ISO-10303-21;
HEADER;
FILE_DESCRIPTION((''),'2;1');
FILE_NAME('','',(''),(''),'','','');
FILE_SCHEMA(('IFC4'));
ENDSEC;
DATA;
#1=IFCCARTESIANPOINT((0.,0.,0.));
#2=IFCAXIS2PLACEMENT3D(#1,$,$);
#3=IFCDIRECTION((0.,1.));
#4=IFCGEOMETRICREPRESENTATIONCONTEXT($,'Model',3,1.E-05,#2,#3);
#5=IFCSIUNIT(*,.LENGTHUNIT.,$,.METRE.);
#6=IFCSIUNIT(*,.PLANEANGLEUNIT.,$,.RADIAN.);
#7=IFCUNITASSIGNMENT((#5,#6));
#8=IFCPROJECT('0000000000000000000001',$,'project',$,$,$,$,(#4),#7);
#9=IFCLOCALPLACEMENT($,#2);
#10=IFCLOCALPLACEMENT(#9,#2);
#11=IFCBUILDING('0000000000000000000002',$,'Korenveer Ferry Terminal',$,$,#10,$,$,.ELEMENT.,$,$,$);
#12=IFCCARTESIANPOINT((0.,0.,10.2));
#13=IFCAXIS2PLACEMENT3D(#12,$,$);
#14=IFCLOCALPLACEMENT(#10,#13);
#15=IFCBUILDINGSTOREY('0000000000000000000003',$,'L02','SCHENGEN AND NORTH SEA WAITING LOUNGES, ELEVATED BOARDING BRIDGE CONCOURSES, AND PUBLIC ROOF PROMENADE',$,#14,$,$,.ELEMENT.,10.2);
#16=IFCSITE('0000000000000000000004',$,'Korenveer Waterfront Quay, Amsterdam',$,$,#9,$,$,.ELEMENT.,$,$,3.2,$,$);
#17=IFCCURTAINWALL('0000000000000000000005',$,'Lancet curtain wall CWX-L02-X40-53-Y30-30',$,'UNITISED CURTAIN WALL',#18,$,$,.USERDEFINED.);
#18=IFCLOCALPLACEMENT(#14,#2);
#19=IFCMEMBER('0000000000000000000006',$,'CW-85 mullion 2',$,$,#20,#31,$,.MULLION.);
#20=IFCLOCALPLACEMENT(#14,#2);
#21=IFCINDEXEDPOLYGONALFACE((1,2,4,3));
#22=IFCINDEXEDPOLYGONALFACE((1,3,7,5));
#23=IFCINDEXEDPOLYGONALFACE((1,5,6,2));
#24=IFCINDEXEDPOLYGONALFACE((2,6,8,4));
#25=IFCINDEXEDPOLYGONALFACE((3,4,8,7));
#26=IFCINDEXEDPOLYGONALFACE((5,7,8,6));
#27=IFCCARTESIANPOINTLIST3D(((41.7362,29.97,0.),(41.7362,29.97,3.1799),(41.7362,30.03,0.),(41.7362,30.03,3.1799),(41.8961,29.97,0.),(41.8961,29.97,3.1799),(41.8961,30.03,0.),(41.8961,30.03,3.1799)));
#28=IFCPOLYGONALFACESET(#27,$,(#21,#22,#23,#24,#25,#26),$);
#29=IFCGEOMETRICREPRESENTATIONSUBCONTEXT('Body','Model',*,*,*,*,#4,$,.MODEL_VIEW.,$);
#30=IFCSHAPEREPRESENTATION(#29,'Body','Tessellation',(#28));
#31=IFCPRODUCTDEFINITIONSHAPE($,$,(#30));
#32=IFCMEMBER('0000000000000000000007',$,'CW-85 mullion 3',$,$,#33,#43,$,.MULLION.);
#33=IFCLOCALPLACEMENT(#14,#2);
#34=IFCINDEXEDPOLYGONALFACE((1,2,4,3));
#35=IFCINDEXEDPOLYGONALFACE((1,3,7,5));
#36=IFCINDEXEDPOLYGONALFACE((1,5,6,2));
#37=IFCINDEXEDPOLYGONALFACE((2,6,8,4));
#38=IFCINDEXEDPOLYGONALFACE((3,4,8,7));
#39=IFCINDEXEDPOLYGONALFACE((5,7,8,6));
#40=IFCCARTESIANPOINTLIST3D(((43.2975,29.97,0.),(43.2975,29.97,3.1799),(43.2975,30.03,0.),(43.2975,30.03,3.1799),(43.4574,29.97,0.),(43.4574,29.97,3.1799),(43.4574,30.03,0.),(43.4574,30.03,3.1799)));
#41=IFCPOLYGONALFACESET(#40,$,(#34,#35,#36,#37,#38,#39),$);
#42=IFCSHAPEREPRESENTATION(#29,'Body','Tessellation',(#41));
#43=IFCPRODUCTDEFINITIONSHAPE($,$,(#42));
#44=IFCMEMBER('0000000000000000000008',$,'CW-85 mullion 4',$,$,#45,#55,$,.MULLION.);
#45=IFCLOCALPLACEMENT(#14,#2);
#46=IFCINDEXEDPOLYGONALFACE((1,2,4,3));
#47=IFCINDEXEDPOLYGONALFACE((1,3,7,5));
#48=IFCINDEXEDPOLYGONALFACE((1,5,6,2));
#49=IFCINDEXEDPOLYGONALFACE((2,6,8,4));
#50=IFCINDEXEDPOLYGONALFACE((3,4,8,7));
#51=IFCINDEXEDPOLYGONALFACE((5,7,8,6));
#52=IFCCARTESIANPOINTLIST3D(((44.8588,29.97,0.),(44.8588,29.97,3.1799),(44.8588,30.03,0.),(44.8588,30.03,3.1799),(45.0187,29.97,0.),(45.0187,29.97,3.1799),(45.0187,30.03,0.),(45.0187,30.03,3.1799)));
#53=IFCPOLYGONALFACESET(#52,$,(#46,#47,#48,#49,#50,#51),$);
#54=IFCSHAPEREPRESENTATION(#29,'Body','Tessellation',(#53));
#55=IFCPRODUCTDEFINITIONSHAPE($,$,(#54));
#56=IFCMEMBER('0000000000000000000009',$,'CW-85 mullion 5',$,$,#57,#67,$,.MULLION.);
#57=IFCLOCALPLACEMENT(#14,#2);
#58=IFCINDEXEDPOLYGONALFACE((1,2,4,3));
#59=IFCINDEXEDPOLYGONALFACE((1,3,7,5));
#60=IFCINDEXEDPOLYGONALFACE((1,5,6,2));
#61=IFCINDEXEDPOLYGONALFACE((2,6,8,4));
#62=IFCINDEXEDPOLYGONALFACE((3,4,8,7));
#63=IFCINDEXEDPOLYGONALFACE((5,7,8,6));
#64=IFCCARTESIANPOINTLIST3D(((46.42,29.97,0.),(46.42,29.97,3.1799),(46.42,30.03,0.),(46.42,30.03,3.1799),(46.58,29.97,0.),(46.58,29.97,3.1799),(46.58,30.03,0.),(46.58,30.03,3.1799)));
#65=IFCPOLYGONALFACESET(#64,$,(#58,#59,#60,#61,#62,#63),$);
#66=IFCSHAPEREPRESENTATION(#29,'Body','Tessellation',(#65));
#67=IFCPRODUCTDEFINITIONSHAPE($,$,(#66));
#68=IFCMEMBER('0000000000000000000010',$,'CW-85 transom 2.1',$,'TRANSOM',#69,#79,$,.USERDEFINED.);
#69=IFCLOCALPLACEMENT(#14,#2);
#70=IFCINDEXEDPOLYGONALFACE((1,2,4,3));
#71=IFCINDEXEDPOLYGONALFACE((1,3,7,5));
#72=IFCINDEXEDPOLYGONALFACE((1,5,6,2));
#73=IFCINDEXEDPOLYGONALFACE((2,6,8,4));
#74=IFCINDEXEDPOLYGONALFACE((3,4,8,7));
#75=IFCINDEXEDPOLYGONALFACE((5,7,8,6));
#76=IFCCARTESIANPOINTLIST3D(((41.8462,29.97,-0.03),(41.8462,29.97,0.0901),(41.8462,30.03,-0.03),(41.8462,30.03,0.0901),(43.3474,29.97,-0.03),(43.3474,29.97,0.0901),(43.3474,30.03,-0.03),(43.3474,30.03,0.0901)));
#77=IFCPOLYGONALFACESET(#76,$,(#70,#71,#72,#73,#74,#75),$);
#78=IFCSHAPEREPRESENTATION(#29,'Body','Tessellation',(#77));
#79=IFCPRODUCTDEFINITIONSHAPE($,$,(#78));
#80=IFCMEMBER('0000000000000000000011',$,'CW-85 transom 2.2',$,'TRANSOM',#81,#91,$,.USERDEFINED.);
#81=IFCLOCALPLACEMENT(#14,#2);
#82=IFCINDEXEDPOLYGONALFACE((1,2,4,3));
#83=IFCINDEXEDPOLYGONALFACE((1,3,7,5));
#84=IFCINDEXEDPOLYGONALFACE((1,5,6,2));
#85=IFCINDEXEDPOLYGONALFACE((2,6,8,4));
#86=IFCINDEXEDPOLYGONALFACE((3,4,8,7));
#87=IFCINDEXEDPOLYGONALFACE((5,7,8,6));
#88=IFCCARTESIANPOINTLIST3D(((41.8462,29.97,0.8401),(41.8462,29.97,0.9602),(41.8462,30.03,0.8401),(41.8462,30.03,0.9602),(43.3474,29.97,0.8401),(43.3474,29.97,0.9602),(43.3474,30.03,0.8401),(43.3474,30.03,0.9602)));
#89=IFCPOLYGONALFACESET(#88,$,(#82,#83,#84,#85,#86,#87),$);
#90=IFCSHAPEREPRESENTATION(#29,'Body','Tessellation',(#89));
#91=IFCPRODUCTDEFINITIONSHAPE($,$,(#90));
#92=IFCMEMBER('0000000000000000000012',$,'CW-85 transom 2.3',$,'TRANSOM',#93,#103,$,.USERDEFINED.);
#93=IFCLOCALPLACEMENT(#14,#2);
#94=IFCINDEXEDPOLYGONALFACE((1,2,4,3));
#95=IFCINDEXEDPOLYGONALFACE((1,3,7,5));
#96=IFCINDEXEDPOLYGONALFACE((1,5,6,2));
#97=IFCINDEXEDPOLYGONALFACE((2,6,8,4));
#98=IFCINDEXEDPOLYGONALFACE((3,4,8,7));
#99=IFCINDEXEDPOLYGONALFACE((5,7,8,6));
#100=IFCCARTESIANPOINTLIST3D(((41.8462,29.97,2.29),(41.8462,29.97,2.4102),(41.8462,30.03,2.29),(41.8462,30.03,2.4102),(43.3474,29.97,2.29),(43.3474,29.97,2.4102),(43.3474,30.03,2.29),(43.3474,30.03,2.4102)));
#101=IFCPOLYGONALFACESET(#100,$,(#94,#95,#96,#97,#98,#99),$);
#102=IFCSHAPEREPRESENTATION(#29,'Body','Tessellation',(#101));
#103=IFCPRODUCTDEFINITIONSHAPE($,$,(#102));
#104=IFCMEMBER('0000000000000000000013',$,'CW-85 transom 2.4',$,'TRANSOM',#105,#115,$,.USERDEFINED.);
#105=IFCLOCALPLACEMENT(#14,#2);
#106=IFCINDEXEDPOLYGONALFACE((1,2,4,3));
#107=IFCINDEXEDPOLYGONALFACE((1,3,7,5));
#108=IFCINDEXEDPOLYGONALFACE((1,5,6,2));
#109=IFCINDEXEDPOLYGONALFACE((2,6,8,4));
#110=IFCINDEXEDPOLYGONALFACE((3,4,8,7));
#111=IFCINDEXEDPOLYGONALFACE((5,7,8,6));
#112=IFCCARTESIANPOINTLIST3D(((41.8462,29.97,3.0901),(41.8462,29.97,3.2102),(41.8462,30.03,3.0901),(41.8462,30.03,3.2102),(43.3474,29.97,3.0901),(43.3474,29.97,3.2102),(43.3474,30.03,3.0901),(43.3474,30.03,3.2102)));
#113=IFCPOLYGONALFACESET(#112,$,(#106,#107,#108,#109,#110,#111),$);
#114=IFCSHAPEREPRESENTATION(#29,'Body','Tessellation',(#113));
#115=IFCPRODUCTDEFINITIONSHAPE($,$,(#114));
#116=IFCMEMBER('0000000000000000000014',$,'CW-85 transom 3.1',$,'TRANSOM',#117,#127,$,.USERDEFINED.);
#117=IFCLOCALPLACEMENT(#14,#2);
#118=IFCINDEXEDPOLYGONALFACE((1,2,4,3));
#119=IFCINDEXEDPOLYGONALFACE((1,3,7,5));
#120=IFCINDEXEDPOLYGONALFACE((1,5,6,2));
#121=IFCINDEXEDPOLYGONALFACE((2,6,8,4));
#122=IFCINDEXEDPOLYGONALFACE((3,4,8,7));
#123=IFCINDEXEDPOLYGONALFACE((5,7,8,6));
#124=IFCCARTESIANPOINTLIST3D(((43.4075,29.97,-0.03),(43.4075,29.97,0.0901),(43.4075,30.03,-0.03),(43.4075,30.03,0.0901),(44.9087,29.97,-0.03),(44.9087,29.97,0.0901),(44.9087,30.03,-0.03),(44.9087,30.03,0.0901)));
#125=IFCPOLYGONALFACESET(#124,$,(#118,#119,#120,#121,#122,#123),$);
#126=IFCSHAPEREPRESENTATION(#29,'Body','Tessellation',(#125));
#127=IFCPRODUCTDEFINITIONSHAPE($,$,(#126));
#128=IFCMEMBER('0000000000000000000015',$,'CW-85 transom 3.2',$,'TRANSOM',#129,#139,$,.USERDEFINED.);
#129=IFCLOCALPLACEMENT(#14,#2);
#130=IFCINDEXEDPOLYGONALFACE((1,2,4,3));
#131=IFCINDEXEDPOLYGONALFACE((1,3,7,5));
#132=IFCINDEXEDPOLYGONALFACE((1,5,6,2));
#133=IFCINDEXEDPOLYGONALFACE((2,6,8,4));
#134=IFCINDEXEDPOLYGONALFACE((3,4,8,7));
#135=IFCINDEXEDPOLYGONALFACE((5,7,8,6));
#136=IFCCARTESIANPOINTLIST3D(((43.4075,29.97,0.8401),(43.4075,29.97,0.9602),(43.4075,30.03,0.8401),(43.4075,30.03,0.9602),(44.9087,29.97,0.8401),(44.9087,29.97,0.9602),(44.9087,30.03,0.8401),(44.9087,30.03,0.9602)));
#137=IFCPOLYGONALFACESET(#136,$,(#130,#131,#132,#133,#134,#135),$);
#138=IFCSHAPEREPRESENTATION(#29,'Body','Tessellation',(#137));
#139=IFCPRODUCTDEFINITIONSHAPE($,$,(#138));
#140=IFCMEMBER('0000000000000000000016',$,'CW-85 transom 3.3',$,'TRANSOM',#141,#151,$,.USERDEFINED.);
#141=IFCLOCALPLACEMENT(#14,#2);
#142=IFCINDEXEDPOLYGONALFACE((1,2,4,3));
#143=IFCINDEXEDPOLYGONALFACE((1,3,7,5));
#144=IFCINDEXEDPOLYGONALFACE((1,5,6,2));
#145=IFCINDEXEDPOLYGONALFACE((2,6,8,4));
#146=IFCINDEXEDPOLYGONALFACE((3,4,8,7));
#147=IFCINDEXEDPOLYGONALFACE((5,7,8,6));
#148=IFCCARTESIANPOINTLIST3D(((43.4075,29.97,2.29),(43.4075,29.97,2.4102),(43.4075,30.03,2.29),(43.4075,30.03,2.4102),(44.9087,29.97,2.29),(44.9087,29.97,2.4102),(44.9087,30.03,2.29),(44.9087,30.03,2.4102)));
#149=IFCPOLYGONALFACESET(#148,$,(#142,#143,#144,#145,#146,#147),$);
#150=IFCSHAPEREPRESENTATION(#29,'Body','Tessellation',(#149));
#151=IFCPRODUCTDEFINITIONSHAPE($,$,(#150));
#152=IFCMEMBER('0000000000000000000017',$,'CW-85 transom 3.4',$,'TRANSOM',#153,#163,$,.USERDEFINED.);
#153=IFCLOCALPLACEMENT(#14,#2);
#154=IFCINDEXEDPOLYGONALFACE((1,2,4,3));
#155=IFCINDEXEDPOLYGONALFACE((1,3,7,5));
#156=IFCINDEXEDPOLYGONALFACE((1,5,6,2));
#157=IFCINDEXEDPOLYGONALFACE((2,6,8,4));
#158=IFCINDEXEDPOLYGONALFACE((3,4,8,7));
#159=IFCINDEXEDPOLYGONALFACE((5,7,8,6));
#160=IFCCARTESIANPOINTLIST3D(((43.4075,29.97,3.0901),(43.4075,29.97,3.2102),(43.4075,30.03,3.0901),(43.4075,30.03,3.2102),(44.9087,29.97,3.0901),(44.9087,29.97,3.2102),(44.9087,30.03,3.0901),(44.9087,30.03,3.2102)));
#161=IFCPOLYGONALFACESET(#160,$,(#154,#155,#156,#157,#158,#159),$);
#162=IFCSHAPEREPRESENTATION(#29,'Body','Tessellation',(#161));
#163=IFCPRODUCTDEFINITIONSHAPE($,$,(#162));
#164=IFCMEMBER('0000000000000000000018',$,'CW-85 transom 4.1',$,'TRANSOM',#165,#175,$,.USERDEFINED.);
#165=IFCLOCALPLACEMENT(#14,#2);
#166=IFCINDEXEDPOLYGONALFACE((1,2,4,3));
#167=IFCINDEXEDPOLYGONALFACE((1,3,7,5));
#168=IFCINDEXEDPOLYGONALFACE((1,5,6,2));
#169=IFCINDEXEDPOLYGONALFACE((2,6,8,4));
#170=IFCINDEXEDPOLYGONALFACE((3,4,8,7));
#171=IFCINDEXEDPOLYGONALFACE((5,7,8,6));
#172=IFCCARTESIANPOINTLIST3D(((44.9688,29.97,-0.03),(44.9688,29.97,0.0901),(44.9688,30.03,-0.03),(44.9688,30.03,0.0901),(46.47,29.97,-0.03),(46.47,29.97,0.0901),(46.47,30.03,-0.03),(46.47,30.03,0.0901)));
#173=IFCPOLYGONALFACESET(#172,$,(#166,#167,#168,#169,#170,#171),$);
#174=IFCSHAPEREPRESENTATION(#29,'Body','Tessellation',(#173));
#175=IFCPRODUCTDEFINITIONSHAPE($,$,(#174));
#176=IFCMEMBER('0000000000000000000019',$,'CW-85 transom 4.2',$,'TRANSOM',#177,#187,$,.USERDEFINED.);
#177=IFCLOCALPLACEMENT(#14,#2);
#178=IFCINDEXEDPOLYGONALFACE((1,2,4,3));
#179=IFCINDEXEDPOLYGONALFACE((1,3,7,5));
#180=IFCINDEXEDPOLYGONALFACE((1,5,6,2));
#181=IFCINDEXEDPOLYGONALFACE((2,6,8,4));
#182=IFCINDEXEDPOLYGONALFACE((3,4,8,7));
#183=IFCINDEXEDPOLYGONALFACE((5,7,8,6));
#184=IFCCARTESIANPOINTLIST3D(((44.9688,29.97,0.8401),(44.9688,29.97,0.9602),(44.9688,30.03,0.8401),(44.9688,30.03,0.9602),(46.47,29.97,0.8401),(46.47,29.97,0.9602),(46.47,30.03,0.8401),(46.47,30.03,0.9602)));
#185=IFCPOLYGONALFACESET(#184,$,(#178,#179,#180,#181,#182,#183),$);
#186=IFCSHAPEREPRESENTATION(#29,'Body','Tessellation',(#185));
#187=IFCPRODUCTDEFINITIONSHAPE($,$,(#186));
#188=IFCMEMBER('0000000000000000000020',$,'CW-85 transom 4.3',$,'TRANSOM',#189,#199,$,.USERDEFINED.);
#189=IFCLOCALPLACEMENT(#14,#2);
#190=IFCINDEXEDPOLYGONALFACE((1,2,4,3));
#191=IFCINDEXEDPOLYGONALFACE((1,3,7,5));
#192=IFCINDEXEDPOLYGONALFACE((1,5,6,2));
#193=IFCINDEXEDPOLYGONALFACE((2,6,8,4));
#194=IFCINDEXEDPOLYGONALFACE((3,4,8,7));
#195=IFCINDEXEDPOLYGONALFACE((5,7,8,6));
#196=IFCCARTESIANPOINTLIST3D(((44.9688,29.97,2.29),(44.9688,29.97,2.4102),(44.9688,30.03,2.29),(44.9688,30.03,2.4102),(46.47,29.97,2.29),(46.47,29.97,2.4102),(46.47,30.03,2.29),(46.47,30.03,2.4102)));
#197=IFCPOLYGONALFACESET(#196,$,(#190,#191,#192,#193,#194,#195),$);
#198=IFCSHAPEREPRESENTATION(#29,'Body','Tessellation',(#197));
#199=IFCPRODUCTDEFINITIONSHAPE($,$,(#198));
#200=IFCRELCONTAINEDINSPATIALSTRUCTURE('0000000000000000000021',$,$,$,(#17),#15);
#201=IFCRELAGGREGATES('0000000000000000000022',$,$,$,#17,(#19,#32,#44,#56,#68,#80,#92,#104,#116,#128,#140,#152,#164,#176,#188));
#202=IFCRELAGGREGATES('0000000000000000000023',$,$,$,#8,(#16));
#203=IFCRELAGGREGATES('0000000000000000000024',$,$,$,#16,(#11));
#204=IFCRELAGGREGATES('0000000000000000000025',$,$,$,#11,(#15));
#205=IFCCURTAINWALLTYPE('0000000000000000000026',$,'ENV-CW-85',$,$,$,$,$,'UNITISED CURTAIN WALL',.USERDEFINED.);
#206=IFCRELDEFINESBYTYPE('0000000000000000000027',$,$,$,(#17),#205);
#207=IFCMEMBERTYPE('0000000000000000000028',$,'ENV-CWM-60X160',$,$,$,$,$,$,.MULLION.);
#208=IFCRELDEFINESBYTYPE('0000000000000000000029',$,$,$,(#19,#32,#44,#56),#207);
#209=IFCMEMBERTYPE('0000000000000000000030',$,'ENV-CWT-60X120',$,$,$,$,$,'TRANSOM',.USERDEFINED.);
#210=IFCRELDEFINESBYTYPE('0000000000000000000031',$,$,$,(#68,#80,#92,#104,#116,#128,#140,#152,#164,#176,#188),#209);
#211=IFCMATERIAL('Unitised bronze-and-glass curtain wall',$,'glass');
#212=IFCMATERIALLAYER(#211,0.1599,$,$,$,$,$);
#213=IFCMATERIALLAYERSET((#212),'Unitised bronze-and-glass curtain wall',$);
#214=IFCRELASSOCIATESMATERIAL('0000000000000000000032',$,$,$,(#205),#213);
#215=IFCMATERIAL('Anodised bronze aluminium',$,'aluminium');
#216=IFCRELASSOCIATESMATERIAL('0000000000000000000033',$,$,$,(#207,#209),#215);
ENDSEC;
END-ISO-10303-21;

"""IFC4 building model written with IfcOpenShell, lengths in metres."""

from ifc_helpers import new_model, si_unit, direction, frame, origin, origin_2d, place, context, subcontext, project, spatial, rectangle, extrude, material, layer, layer_set, material_profile, profile_set, type_object, element, aggregate, save


model = new_model("IFC4")

# Units and contexts
model_context = context("Model", 3, precision=1e-05, world=origin(), true_north=direction((0.0, 1.0)))
body_context = subcontext(model_context, "Body", "Model", "MODEL_VIEW")
ifc_project = project(units=[si_unit("LENGTHUNIT", "METRE"), si_unit("PLANEANGLEUNIT", "RADIAN")], contexts=[model_context])

# Site, building, storey
site_placement = place(None, origin())
site = spatial("IfcSite", under=ifc_project, at=site_placement, Name="Korenveer Waterfront Quay, Amsterdam", CompositionType="ELEMENT", RefElevation=3.2)
building_placement = place(site_placement, origin())
building = spatial("IfcBuilding", under=site, at=building_placement, Name="Korenveer Ferry Terminal", CompositionType="ELEMENT")
storey_placement = place(building_placement, frame((0.0, 0.0, 10.2)))
storey = spatial("IfcBuildingStorey", under=building, at=storey_placement, Name="L02", Description="SCHENGEN AND NORTH SEA WAITING LOUNGES, ELEVATED BOARDING BRIDGE CONCOURSES, AND PUBLIC ROOF PROMENADE", CompositionType="ELEMENT", Elevation=10.2)

# Curtain wall, members
ifc_material_1 = material(Name="Unitised bronze-and-glass curtain wall", Category="glass")
ifc_layer_1 = layer(ifc_material_1, 0.1599)
ifc_layer_set_1 = layer_set([ifc_layer_1], Name="Unitised bronze-and-glass curtain wall")
curtain_wall_type = type_object("IfcCurtainWallType", Name="ENV-CW-85", ElementType="UNITISED CURTAIN WALL", PredefinedType="USERDEFINED", material=ifc_layer_set_1)
curtain_wall_placement = place(storey_placement, frame((40.2549, 30.0, 0.0)))
curtain_wall = element("IfcCurtainWall", 1, at=curtain_wall_placement, inside=storey, type_object=curtain_wall_type, Name="Lancet curtain wall CWX-L02-X40-53-Y30-30", ObjectType="UNITISED CURTAIN WALL", PredefinedType="USERDEFINED")
ifc_material_2 = material(Name="Anodised bronze aluminium", Category="aluminium")
ifc_material_profile_1 = material_profile(ifc_material_2, rectangle(XDim=0.0601, YDim=0.1599, at=origin_2d()), Name="ALU 60x160")
ifc_profile_set_1 = profile_set([ifc_material_profile_1], Name="Anodised bronze aluminium")
member_type_1 = type_object("IfcMemberType", Name="ENV-CWM-60X160", PredefinedType="MULLION", material=ifc_profile_set_1)
member_1_placement = place(storey_placement, frame((41.8162, 30.0, 0.0), z_axis=(0.0, 0.0, 1.0), x_axis=(0.0, 1.0, 0.0)))
member_1 = element("IfcMember", 2, at=member_1_placement, type_object=member_type_1, Name="CW-85 mullion 2", PredefinedType="MULLION", context=body_context, shape_type="SweptSolid", body=[
    extrude(rectangle(XDim=0.0601, YDim=0.1599, at=origin_2d()), origin(), (0.0, 0.0, 1.0), 3.1799),
])
member_2_placement = place(storey_placement, frame((43.3774, 30.0, 0.0), z_axis=(0.0, 0.0, 1.0), x_axis=(0.0, 1.0, 0.0)))
member_2 = element("IfcMember", 3, at=member_2_placement, type_object=member_type_1, Name="CW-85 mullion 3", PredefinedType="MULLION", context=body_context, shape_type="SweptSolid", body=[
    extrude(rectangle(XDim=0.0601, YDim=0.1599, at=origin_2d()), origin(), (0.0, 0.0, 1.0), 3.1799),
])
member_3_placement = place(storey_placement, frame((44.9387, 30.0, 0.0), z_axis=(0.0, 0.0, 1.0), x_axis=(0.0, 1.0, 0.0)))
member_3 = element("IfcMember", 4, at=member_3_placement, type_object=member_type_1, Name="CW-85 mullion 4", PredefinedType="MULLION", context=body_context, shape_type="SweptSolid", body=[
    extrude(rectangle(XDim=0.0601, YDim=0.1599, at=origin_2d()), origin(), (0.0, 0.0, 1.0), 3.1799),
])
member_4_placement = place(storey_placement, frame((46.5, 30.0, 0.0), z_axis=(0.0, 0.0, 1.0), x_axis=(0.0, 1.0, 0.0)))
member_4 = element("IfcMember", 5, at=member_4_placement, type_object=member_type_1, Name="CW-85 mullion 5", PredefinedType="MULLION", context=body_context, shape_type="SweptSolid", body=[
    extrude(rectangle(XDim=0.0601, YDim=0.1599, at=origin_2d()), origin(), (0.0, 0.0, 1.0), 3.1799),
])
ifc_material_profile_2 = material_profile(ifc_material_2, rectangle(XDim=0.0601, YDim=0.1201, at=origin_2d()), Name="ALU 60x120")
ifc_profile_set_2 = profile_set([ifc_material_profile_2], Name="Anodised bronze aluminium")
member_type_2 = type_object("IfcMemberType", Name="ENV-CWT-60X120", ElementType="TRANSOM", PredefinedType="USERDEFINED", material=ifc_profile_set_2)
member_5_placement = place(storey_placement, frame((41.8462, 30.0, 0.03), z_axis=(1.0, 0.0, 0.0), x_axis=(0.0, 1.0, 0.0)))
member_5 = element("IfcMember", 6, at=member_5_placement, type_object=member_type_2, Name="CW-85 transom 2.1", ObjectType="TRANSOM", PredefinedType="USERDEFINED", context=body_context, shape_type="SweptSolid", body=[
    extrude(rectangle(XDim=0.0601, YDim=0.1201, at=origin_2d()), origin(), (0.0, 0.0, 1.0), 1.5012),
])
member_6_placement = place(storey_placement, frame((41.8462, 30.0, 0.9001), z_axis=(1.0, 0.0, 0.0), x_axis=(0.0, 1.0, 0.0)))
member_6 = element("IfcMember", 7, at=member_6_placement, type_object=member_type_2, Name="CW-85 transom 2.2", ObjectType="TRANSOM", PredefinedType="USERDEFINED", context=body_context, shape_type="SweptSolid", body=[
    extrude(rectangle(XDim=0.0601, YDim=0.1201, at=origin_2d()), origin(), (0.0, 0.0, 1.0), 1.5012),
])
member_7_placement = place(storey_placement, frame((41.8462, 30.0, 2.3501), z_axis=(1.0, 0.0, 0.0), x_axis=(0.0, 1.0, 0.0)))
member_7 = element("IfcMember", 8, at=member_7_placement, type_object=member_type_2, Name="CW-85 transom 2.3", ObjectType="TRANSOM", PredefinedType="USERDEFINED", context=body_context, shape_type="SweptSolid", body=[
    extrude(rectangle(XDim=0.0601, YDim=0.1201, at=origin_2d()), origin(), (0.0, 0.0, 1.0), 1.5012),
])
member_8_placement = place(storey_placement, frame((41.8462, 30.0, 3.1501), z_axis=(1.0, 0.0, 0.0), x_axis=(0.0, 1.0, 0.0)))
member_8 = element("IfcMember", 9, at=member_8_placement, type_object=member_type_2, Name="CW-85 transom 2.4", ObjectType="TRANSOM", PredefinedType="USERDEFINED", context=body_context, shape_type="SweptSolid", body=[
    extrude(rectangle(XDim=0.0601, YDim=0.1201, at=origin_2d()), origin(), (0.0, 0.0, 1.0), 1.5012),
])
member_9_placement = place(storey_placement, frame((43.4075, 30.0, 0.03), z_axis=(1.0, 0.0, 0.0), x_axis=(0.0, 1.0, 0.0)))
member_9 = element("IfcMember", 10, at=member_9_placement, type_object=member_type_2, Name="CW-85 transom 3.1", ObjectType="TRANSOM", PredefinedType="USERDEFINED", context=body_context, shape_type="SweptSolid", body=[
    extrude(rectangle(XDim=0.0601, YDim=0.1201, at=origin_2d()), origin(), (0.0, 0.0, 1.0), 1.5012),
])
member_10_placement = place(storey_placement, frame((43.4075, 30.0, 0.9001), z_axis=(1.0, 0.0, 0.0), x_axis=(0.0, 1.0, 0.0)))
member_10 = element("IfcMember", 11, at=member_10_placement, type_object=member_type_2, Name="CW-85 transom 3.2", ObjectType="TRANSOM", PredefinedType="USERDEFINED", context=body_context, shape_type="SweptSolid", body=[
    extrude(rectangle(XDim=0.0601, YDim=0.1201, at=origin_2d()), origin(), (0.0, 0.0, 1.0), 1.5012),
])
member_11_placement = place(storey_placement, frame((43.4075, 30.0, 2.3501), z_axis=(1.0, 0.0, 0.0), x_axis=(0.0, 1.0, 0.0)))
member_11 = element("IfcMember", 12, at=member_11_placement, type_object=member_type_2, Name="CW-85 transom 3.3", ObjectType="TRANSOM", PredefinedType="USERDEFINED", context=body_context, shape_type="SweptSolid", body=[
    extrude(rectangle(XDim=0.0601, YDim=0.1201, at=origin_2d()), origin(), (0.0, 0.0, 1.0), 1.5012),
])
member_12_placement = place(storey_placement, frame((43.4075, 30.0, 3.1501), z_axis=(1.0, 0.0, 0.0), x_axis=(0.0, 1.0, 0.0)))
member_12 = element("IfcMember", 13, at=member_12_placement, type_object=member_type_2, Name="CW-85 transom 3.4", ObjectType="TRANSOM", PredefinedType="USERDEFINED", context=body_context, shape_type="SweptSolid", body=[
    extrude(rectangle(XDim=0.0601, YDim=0.1201, at=origin_2d()), origin(), (0.0, 0.0, 1.0), 1.5012),
])
member_13_placement = place(storey_placement, frame((44.9688, 30.0, 0.03), z_axis=(1.0, 0.0, 0.0), x_axis=(0.0, 1.0, 0.0)))
member_13 = element("IfcMember", 14, at=member_13_placement, type_object=member_type_2, Name="CW-85 transom 4.1", ObjectType="TRANSOM", PredefinedType="USERDEFINED", context=body_context, shape_type="SweptSolid", body=[
    extrude(rectangle(XDim=0.0601, YDim=0.1201, at=origin_2d()), origin(), (0.0, 0.0, 1.0), 1.5012),
])
member_14_placement = place(storey_placement, frame((44.9688, 30.0, 0.9001), z_axis=(1.0, 0.0, 0.0), x_axis=(0.0, 1.0, 0.0)))
member_14 = element("IfcMember", 15, at=member_14_placement, type_object=member_type_2, Name="CW-85 transom 4.2", ObjectType="TRANSOM", PredefinedType="USERDEFINED", context=body_context, shape_type="SweptSolid", body=[
    extrude(rectangle(XDim=0.0601, YDim=0.1201, at=origin_2d()), origin(), (0.0, 0.0, 1.0), 1.5012),
])
member_15_placement = place(storey_placement, frame((44.9688, 30.0, 2.3501), z_axis=(1.0, 0.0, 0.0), x_axis=(0.0, 1.0, 0.0)))
member_15 = element("IfcMember", 16, at=member_15_placement, type_object=member_type_2, Name="CW-85 transom 4.3", ObjectType="TRANSOM", PredefinedType="USERDEFINED", context=body_context, shape_type="SweptSolid", body=[
    extrude(rectangle(XDim=0.0601, YDim=0.1201, at=origin_2d()), origin(), (0.0, 0.0, 1.0), 1.5012),
])
aggregate(curtain_wall, [member_1, member_2, member_3, member_4, member_5, member_6, member_7, member_8, member_9, member_10, member_11, member_12, member_13, member_14, member_15])

save(model, "model.ifc")
